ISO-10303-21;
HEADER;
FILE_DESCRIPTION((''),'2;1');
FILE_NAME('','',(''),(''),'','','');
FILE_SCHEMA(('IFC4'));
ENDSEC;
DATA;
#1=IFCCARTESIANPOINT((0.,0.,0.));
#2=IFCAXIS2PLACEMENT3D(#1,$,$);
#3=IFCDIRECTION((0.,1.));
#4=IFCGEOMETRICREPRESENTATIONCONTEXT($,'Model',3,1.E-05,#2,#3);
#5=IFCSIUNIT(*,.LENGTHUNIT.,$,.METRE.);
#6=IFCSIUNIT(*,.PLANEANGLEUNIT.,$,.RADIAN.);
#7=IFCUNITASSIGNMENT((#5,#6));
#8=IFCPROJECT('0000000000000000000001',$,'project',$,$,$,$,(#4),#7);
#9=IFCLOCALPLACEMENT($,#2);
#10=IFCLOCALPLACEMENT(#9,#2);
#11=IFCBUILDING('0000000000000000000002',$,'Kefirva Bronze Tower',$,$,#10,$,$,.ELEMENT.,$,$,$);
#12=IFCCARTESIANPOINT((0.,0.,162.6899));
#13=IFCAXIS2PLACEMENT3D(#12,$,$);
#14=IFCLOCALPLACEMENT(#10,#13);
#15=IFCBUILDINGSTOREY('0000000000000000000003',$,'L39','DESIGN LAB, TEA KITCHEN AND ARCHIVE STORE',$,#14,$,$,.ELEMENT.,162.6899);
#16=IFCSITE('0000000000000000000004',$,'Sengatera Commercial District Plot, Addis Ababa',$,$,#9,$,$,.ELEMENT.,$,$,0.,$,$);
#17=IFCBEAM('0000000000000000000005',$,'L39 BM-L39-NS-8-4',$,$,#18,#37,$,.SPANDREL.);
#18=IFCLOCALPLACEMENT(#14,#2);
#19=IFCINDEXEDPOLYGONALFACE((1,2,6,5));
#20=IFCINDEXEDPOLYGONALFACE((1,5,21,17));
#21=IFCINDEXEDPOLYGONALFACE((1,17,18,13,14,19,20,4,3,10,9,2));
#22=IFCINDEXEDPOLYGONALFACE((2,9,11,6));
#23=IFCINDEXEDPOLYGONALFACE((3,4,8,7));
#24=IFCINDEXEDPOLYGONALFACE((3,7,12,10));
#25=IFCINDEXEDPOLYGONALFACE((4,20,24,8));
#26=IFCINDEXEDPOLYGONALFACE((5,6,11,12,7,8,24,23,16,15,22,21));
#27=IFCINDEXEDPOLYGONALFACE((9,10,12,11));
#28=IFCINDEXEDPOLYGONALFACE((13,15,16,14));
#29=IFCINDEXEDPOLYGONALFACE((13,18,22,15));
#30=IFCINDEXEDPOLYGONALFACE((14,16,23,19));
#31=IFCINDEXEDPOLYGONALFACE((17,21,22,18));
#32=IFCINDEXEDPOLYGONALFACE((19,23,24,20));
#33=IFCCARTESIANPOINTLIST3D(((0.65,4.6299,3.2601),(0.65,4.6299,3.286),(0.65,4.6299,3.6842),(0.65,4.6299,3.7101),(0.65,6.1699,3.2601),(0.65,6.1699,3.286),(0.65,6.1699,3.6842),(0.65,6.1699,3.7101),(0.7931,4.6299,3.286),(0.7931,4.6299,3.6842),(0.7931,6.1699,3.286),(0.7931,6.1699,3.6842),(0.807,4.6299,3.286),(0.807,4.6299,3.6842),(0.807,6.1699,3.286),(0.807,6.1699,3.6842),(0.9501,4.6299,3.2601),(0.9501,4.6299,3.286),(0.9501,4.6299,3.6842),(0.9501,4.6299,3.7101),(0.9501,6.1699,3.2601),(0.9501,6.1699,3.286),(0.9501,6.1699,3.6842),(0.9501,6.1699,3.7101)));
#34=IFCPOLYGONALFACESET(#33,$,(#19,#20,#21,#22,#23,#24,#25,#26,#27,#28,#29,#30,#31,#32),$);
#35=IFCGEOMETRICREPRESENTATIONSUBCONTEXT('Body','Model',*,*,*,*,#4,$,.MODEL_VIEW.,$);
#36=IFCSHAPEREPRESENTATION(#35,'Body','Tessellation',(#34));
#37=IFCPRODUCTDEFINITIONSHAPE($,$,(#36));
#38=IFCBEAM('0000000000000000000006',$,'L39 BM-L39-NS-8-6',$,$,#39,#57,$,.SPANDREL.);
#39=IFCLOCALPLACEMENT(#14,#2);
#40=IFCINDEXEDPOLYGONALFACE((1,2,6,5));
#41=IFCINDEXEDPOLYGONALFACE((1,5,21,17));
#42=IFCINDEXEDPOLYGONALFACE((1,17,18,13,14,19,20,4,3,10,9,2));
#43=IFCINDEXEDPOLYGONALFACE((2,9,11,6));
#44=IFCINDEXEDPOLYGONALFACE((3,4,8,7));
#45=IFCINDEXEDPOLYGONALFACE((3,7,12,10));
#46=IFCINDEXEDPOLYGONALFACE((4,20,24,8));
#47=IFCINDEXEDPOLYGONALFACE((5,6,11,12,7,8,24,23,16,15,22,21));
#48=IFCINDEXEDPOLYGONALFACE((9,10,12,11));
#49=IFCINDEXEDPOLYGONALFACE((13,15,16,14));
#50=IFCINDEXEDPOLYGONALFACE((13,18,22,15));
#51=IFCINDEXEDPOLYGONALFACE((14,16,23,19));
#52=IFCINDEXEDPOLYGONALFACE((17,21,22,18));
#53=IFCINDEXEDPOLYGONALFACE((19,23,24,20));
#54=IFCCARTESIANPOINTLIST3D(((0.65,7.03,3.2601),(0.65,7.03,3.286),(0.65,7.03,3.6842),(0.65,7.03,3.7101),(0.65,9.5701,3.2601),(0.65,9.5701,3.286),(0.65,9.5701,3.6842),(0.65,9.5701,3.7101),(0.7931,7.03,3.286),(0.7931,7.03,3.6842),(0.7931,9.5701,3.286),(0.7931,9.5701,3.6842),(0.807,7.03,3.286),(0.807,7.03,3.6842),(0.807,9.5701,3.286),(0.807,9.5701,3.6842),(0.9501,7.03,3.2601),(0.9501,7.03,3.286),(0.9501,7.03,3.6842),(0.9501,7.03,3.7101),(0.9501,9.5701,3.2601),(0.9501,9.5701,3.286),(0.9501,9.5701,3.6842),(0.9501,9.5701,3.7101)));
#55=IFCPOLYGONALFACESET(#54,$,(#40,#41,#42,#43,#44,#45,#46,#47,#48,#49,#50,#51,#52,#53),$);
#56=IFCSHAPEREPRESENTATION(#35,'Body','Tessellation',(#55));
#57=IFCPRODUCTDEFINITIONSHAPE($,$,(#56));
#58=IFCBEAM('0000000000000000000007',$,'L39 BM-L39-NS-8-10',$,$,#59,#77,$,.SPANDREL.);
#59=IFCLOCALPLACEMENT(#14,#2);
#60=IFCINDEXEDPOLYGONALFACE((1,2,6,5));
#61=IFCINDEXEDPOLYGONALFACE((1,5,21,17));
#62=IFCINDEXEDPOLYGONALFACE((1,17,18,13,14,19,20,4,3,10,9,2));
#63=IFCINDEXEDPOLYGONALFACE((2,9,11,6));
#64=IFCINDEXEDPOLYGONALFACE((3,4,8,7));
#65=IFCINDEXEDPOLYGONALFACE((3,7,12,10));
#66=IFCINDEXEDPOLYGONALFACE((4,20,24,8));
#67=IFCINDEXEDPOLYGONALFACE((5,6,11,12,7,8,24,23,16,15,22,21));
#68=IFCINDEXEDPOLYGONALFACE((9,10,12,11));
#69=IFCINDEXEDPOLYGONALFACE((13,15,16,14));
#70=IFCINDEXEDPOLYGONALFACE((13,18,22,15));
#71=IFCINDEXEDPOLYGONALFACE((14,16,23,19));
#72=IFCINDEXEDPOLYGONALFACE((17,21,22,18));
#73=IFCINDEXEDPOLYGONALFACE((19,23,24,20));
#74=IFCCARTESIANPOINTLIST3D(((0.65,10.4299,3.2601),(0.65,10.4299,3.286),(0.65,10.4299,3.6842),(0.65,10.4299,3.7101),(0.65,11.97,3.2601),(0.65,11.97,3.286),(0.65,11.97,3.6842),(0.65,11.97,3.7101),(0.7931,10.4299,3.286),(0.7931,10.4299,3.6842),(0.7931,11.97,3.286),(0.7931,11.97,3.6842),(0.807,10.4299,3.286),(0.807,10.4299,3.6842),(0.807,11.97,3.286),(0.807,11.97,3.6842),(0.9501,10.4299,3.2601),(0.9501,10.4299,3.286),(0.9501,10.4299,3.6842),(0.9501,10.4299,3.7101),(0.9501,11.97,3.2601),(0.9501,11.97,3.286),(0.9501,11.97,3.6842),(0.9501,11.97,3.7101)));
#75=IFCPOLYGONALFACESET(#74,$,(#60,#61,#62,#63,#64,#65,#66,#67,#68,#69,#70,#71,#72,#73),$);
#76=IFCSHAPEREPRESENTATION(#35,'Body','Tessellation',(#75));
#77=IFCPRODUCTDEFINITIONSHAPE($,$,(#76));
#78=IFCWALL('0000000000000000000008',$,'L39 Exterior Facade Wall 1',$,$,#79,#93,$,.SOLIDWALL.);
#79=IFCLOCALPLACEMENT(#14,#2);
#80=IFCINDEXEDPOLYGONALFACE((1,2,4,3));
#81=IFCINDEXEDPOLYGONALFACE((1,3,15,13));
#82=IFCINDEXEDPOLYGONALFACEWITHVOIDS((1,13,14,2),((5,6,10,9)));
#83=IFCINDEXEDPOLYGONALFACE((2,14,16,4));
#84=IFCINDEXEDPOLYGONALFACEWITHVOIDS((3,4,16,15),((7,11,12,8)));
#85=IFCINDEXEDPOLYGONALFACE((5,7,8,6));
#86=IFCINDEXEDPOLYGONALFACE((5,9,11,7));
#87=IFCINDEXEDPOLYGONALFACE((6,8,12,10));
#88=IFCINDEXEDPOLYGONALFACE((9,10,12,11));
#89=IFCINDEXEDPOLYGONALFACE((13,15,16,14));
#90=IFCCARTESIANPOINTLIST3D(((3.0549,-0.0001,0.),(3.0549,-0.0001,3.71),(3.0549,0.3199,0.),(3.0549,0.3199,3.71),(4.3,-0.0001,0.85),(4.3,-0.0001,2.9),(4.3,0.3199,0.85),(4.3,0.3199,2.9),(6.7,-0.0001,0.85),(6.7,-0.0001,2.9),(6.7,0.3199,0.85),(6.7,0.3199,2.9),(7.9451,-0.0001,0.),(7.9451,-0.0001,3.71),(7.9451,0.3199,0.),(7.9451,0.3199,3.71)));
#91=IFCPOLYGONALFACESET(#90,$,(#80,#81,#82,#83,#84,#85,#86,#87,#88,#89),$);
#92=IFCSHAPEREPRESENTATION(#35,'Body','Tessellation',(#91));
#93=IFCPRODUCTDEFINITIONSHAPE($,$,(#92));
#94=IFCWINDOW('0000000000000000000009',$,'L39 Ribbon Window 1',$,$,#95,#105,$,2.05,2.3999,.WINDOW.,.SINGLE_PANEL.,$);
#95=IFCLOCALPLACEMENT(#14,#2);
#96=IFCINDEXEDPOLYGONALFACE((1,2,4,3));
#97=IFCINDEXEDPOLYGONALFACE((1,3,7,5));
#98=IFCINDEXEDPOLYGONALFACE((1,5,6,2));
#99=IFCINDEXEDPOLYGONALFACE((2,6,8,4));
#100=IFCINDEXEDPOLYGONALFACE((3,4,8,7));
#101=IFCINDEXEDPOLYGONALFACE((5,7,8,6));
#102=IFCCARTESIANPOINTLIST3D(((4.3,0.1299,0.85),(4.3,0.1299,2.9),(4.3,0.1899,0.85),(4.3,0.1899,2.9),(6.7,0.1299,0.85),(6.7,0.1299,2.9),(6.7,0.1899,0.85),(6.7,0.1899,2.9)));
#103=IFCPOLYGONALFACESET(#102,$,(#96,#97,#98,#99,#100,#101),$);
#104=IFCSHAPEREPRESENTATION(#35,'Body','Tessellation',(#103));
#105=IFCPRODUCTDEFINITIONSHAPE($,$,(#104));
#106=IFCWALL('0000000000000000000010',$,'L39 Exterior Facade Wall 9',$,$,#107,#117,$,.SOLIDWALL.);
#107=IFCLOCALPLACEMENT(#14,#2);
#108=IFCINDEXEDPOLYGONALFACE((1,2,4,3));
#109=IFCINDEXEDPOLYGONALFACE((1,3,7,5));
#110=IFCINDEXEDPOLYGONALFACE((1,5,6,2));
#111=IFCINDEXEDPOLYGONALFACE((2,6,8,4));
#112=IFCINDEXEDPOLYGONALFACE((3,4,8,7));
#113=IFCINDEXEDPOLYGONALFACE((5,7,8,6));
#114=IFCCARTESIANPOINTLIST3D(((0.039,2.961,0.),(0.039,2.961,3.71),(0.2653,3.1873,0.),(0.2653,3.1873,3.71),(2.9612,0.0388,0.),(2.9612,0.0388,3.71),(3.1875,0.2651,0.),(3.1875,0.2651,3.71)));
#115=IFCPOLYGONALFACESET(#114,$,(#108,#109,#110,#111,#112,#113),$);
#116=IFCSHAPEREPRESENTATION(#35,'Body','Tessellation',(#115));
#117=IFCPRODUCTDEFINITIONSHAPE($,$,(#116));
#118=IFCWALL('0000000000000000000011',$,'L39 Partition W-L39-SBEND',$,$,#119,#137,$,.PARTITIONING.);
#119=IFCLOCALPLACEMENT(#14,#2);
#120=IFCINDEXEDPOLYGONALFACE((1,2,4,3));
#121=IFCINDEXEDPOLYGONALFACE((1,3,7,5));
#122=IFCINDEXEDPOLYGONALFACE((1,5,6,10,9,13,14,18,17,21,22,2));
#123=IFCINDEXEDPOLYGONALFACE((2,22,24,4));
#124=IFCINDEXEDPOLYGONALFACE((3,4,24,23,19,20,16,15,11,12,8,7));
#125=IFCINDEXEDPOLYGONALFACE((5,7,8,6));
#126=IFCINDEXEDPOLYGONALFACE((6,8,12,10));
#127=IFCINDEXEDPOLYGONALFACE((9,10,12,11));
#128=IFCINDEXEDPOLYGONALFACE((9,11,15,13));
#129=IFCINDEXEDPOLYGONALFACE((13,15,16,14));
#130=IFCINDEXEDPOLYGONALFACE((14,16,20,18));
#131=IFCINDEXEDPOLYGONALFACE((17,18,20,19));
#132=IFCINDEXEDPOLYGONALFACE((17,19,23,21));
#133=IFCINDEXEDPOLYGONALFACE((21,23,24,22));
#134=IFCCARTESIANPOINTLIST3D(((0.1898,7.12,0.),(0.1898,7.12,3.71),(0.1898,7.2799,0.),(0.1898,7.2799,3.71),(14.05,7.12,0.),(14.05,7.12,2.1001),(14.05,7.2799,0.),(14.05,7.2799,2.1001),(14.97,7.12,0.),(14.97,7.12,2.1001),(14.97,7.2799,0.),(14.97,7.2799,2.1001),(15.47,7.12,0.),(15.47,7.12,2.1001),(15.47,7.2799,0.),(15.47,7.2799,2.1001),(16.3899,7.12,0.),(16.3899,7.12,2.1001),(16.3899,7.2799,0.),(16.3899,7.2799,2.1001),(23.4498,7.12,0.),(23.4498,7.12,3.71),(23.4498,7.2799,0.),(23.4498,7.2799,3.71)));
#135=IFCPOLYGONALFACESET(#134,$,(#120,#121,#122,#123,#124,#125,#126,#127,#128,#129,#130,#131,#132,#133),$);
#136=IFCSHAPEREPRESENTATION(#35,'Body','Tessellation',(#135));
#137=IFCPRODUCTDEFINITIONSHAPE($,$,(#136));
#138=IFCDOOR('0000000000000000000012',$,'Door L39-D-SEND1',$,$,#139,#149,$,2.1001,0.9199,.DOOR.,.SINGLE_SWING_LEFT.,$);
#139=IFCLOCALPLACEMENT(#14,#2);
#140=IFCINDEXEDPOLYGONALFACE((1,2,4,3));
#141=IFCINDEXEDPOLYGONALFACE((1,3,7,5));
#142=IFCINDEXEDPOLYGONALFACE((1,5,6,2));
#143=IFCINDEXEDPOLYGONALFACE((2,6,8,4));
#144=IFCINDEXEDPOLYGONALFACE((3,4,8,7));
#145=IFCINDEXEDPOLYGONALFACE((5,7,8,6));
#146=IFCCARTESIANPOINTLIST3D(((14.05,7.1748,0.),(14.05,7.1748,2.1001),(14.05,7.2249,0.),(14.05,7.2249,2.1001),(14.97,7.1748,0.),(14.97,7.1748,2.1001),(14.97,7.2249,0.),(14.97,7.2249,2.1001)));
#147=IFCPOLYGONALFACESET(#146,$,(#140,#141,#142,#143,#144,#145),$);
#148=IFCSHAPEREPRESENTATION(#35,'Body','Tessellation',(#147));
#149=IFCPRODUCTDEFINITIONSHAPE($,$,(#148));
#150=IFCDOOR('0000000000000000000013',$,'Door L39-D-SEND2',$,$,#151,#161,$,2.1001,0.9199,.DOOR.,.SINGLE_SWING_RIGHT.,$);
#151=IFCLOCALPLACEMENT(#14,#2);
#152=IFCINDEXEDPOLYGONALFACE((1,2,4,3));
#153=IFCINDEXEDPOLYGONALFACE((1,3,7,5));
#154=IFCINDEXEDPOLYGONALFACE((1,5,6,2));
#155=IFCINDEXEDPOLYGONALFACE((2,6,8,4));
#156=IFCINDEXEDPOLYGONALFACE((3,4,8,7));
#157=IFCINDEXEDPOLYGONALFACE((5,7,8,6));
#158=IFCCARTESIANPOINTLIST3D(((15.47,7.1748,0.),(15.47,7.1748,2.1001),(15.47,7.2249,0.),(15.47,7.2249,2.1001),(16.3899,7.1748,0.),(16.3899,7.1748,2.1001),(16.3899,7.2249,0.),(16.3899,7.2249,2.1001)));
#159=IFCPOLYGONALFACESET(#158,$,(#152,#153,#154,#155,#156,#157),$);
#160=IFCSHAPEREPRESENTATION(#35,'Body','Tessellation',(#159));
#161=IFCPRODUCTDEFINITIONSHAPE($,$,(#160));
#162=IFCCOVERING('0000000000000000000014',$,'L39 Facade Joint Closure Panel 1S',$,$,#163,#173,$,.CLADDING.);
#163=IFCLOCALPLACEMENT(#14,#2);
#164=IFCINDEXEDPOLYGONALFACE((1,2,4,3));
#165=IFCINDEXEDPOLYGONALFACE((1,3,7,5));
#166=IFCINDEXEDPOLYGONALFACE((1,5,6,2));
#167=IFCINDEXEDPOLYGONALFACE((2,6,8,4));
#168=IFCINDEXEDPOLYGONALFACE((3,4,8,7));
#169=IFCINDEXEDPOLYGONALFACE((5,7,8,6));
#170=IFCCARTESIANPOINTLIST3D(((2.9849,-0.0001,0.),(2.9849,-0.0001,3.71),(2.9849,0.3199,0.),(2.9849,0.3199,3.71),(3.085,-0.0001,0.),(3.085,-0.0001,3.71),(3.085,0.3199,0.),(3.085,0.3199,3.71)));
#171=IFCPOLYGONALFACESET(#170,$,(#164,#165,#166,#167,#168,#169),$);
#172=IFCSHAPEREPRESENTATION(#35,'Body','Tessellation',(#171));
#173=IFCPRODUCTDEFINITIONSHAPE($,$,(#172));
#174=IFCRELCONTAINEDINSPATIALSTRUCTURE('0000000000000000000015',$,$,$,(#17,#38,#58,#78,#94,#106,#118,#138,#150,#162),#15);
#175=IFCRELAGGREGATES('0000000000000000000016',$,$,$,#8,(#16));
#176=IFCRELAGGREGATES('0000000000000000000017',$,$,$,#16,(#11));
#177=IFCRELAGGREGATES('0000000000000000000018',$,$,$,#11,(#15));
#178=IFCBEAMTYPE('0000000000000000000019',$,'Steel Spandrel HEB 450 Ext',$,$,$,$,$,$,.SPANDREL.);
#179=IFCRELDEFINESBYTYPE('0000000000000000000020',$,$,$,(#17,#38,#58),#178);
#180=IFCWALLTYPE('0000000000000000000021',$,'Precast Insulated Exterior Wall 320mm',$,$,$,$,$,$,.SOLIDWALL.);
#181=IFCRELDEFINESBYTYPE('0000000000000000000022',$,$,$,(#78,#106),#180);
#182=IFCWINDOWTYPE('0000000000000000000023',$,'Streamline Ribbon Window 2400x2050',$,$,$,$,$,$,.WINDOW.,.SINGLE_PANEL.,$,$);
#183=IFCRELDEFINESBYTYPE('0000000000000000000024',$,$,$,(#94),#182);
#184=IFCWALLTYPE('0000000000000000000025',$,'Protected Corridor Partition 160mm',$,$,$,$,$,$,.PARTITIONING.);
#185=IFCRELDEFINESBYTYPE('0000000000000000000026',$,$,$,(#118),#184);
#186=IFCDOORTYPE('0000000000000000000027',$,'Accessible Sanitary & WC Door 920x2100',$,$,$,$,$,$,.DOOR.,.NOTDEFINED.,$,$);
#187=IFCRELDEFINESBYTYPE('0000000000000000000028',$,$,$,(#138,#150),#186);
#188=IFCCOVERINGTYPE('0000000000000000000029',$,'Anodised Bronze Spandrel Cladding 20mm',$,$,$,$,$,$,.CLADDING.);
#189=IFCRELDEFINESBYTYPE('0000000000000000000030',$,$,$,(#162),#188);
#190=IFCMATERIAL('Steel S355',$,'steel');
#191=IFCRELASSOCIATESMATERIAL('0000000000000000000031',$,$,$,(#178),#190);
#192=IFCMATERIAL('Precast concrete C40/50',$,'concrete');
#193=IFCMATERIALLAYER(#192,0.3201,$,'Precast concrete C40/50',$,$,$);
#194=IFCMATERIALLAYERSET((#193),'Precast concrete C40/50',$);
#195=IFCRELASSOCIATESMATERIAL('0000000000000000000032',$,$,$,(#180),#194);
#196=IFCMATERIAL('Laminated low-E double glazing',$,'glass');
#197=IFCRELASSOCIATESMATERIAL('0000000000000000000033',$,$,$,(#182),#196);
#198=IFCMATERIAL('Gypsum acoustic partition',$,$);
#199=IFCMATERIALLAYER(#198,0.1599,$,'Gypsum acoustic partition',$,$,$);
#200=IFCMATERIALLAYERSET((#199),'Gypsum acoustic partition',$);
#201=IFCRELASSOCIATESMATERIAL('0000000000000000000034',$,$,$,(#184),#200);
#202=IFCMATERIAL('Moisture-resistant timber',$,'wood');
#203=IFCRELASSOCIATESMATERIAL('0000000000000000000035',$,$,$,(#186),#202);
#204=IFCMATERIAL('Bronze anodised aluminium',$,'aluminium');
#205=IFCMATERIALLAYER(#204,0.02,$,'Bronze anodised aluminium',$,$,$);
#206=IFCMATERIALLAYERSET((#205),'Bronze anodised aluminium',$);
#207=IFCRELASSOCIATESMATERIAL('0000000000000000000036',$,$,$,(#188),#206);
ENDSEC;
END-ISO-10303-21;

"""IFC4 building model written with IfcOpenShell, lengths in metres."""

from ifc_helpers import new_model, si_unit, direction, frame, frame_2d, origin, origin_2d, place, context, subcontext, project, spatial, rectangle, i_section, extrude, material, layer, layer_set, material_profile, profile_set, type_object, element, fill, save


model = new_model("IFC4")

# Units and contexts
model_context = context("Model", 3, precision=1e-05, world=origin(), true_north=direction((0.0, 1.0)))
body_context = subcontext(model_context, "Body", "Model", "MODEL_VIEW")
ifc_project = project(units=[si_unit("LENGTHUNIT", "METRE"), si_unit("PLANEANGLEUNIT", "RADIAN")], contexts=[model_context])

# Site, building, storey
site_placement = place(None, origin())
site = spatial("IfcSite", under=ifc_project, at=site_placement, Name="Sengatera Commercial District Plot, Addis Ababa", CompositionType="ELEMENT", RefElevation=0.0)
building_placement = place(site_placement, origin())
building = spatial("IfcBuilding", under=site, at=building_placement, Name="Kefirva Bronze Tower", CompositionType="ELEMENT")
storey_placement = place(building_placement, frame((0.0, 0.0, 162.6899)))
storey = spatial("IfcBuildingStorey", under=building, at=storey_placement, Name="L39", Description="DESIGN LAB, TEA KITCHEN AND ARCHIVE STORE", CompositionType="ELEMENT", Elevation=162.6899)

# Shared definitions
ifc_material_1 = material(Name="Bronze anodised aluminium", Category="aluminium")

# Beams
ifc_material_2 = material(Name="Steel S355", Category="steel")
ifc_material_profile_1 = material_profile(ifc_material_2, i_section(OverallWidth=0.3, OverallDepth=0.45, WebThickness=0.0139, FlangeThickness=0.0259, at=origin_2d()), Name="HEB 450")
ifc_profile_set_1 = profile_set([ifc_material_profile_1], Name="Steel S355")
beam_type_1 = type_object("IfcBeamType", Name="Steel Spandrel HEB 450 Ext", PredefinedType="SPANDREL", material=ifc_profile_set_1)
beam_1_placement = place(storey_placement, frame((0.8, 4.6299, 3.4851), z_axis=(0.0, 1.0, 0.0), x_axis=(-1.0, 0.0, 0.0)))
element("IfcBeam", 1, at=beam_1_placement, inside=storey, type_object=beam_type_1, Name="L39 BM-L39-NS-8-4", PredefinedType="SPANDREL", context=body_context, shape_type="SweptSolid", body=[
    extrude(i_section(OverallWidth=0.3, OverallDepth=0.45, WebThickness=0.0139, FlangeThickness=0.0259, at=origin_2d()), origin(), (0.0, 0.0, 1.0), 1.54),
])
beam_2_placement = place(storey_placement, frame((0.8, 7.03, 3.4851), z_axis=(0.0, 1.0, 0.0), x_axis=(-1.0, 0.0, 0.0)))
element("IfcBeam", 2, at=beam_2_placement, inside=storey, type_object=beam_type_1, Name="L39 BM-L39-NS-8-6", PredefinedType="SPANDREL", context=body_context, shape_type="SweptSolid", body=[
    extrude(i_section(OverallWidth=0.3, OverallDepth=0.45, WebThickness=0.0139, FlangeThickness=0.0259, at=origin_2d()), origin(), (0.0, 0.0, 1.0), 2.54),
])
beam_3_placement = place(storey_placement, frame((0.8, 10.4299, 3.4851), z_axis=(0.0, 1.0, 0.0), x_axis=(-1.0, 0.0, 0.0)))
element("IfcBeam", 3, at=beam_3_placement, inside=storey, type_object=beam_type_1, Name="L39 BM-L39-NS-8-10", PredefinedType="SPANDREL", context=body_context, shape_type="SweptSolid", body=[
    extrude(i_section(OverallWidth=0.3, OverallDepth=0.45, WebThickness=0.0139, FlangeThickness=0.0259, at=origin_2d()), origin(), (0.0, 0.0, 1.0), 1.54),
])

# Wall, opening, window
ifc_material_3 = material(Name="Precast concrete C40/50", Category="concrete")
ifc_layer_1 = layer(ifc_material_3, 0.3201, Name="Precast concrete C40/50")
ifc_layer_set_1 = layer_set([ifc_layer_1], Name="Precast concrete C40/50")
wall_type_1 = type_object("IfcWallType", Name="Precast Insulated Exterior Wall 320mm", PredefinedType="SOLIDWALL", material=ifc_layer_set_1)
wall_1_placement = place(storey_placement, frame((3.0549, 0.1599, 0.0), z_axis=(0.0, 0.0, 1.0), x_axis=(1.0, 0.0, 0.0)))
wall_1 = element("IfcWall", 4, at=wall_1_placement, inside=storey, type_object=wall_type_1, Name="L39 Exterior Facade Wall 1", PredefinedType="SOLIDWALL", context=body_context, shape_type="SweptSolid", body=[
    extrude(rectangle(XDim=4.8901, YDim=0.3201, at=frame_2d((2.4451, 0.0))), origin(), (0.0, 0.0, 1.0), 3.71),
])
opening_1_placement = place(wall_1_placement, frame((1.2451, 0.0, 0.8501)))
opening_1 = element("IfcOpeningElement", 5, at=opening_1_placement, cuts=wall_1, PredefinedType="OPENING", context=body_context, shape_type="SweptSolid", body=[
    extrude(rectangle(XDim=2.3999, YDim=2.05, at=frame_2d((1.2, 1.0249))), frame((0.0, 0.1699, 0.0), z_axis=(0.0, -1.0, 0.0), x_axis=(1.0, 0.0, 0.0)), (0.0, 0.0, 1.0), 0.3401),
])
ifc_material_4 = material(Name="Laminated low-E double glazing", Category="glass")
window_type = type_object("IfcWindowType", Name="Streamline Ribbon Window 2400x2050", PartitioningType="SINGLE_PANEL", PredefinedType="WINDOW", material=ifc_material_4)
window_placement = place(opening_1_placement, origin())
window = element("IfcWindow", 6, at=window_placement, inside=storey, type_object=window_type, Name="L39 Ribbon Window 1", OverallHeight=2.05, OverallWidth=2.3999, PartitioningType="SINGLE_PANEL", PredefinedType="WINDOW", context=body_context, shape_type="SweptSolid", body=[
    extrude(rectangle(XDim=2.3999, YDim=2.05, at=frame_2d((1.2, 1.0249))), frame((0.0, 0.03, 0.0), z_axis=(0.0, -1.0, 0.0), x_axis=(1.0, 0.0, 0.0)), (0.0, 0.0, 1.0), 0.0601),
])
fill(opening_1, window)

# Wall
wall_2_placement = place(storey_placement, frame((0.1521, 3.0742, 0.0), z_axis=(0.0, 0.0, 1.0), x_axis=(0.707107, -0.707107, 0.0)))
element("IfcWall", 7, at=wall_2_placement, inside=storey, type_object=wall_type_1, Name="L39 Exterior Facade Wall 9", PredefinedType="SOLIDWALL", context=body_context, shape_type="SweptSolid", body=[
    extrude(rectangle(XDim=4.1326, YDim=0.3201, at=frame_2d((2.0664, 0.0))), origin(), (0.0, 0.0, 1.0), 3.71),
])

# Wall, openings, doors
ifc_material_5 = material(Name="Gypsum acoustic partition")
ifc_layer_2 = layer(ifc_material_5, 0.1599, Name="Gypsum acoustic partition")
ifc_layer_set_2 = layer_set([ifc_layer_2], Name="Gypsum acoustic partition")
wall_type_2 = type_object("IfcWallType", Name="Protected Corridor Partition 160mm", PredefinedType="PARTITIONING", material=ifc_layer_set_2)
wall_3_placement = place(storey_placement, frame((0.1899, 7.2, 0.0), z_axis=(0.0, 0.0, 1.0), x_axis=(1.0, 0.0, 0.0)))
wall_3 = element("IfcWall", 8, at=wall_3_placement, inside=storey, type_object=wall_type_2, Name="L39 Partition W-L39-SBEND", PredefinedType="PARTITIONING", context=body_context, shape_type="SweptSolid", body=[
    extrude(rectangle(XDim=23.26, YDim=0.1599, at=frame_2d((11.6299, 0.0))), origin(), (0.0, 0.0, 1.0), 3.71),
])
opening_2_placement = place(wall_3_placement, frame((13.8601, 0.0, 0.0)))
opening_2 = element("IfcOpeningElement", 9, at=opening_2_placement, cuts=wall_3, PredefinedType="OPENING", context=body_context, shape_type="SweptSolid", body=[
    extrude(rectangle(XDim=0.9199, YDim=2.1001, at=frame_2d((0.46, 1.05))), frame((0.0, 0.0898, 0.0), z_axis=(0.0, -1.0, 0.0), x_axis=(1.0, 0.0, 0.0)), (0.0, 0.0, 1.0), 0.1799),
])
opening_3_placement = place(wall_3_placement, frame((15.28, 0.0, 0.0)))
opening_3 = element("IfcOpeningElement", 10, at=opening_3_placement, cuts=wall_3, PredefinedType="OPENING", context=body_context, shape_type="SweptSolid", body=[
    extrude(rectangle(XDim=0.9199, YDim=2.1001, at=frame_2d((0.46, 1.05))), frame((0.0, 0.0898, 0.0), z_axis=(0.0, -1.0, 0.0), x_axis=(1.0, 0.0, 0.0)), (0.0, 0.0, 1.0), 0.1799),
])
ifc_material_6 = material(Name="Moisture-resistant timber", Category="wood")
door_type = type_object("IfcDoorType", Name="Accessible Sanitary & WC Door 920x2100", OperationType="NOTDEFINED", PredefinedType="DOOR", material=ifc_material_6)
door_1_placement = place(opening_2_placement, origin())
door_1 = element("IfcDoor", 11, at=door_1_placement, inside=storey, type_object=door_type, Name="Door L39-D-SEND1", OperationType="SINGLE_SWING_LEFT", OverallHeight=2.1001, OverallWidth=0.9199, PredefinedType="DOOR", context=body_context, shape_type="SweptSolid", body=[
    extrude(rectangle(XDim=0.9199, YDim=2.1001, at=frame_2d((0.46, 1.05))), frame((0.0, 0.0249, 0.0), z_axis=(0.0, -1.0, 0.0), x_axis=(1.0, 0.0, 0.0)), (0.0, 0.0, 1.0), 0.05),
])
fill(opening_2, door_1)
door_2_placement = place(opening_3_placement, origin())
door_2 = element("IfcDoor", 12, at=door_2_placement, inside=storey, type_object=door_type, Name="Door L39-D-SEND2", OperationType="SINGLE_SWING_RIGHT", OverallHeight=2.1001, OverallWidth=0.9199, PredefinedType="DOOR", context=body_context, shape_type="SweptSolid", body=[
    extrude(rectangle(XDim=0.9199, YDim=2.1001, at=frame_2d((0.46, 1.05))), frame((0.0, 0.0249, 0.0), z_axis=(0.0, -1.0, 0.0), x_axis=(1.0, 0.0, 0.0)), (0.0, 0.0, 1.0), 0.05),
])
fill(opening_3, door_2)

# Covering
ifc_layer_3 = layer(ifc_material_1, 0.02, Name="Bronze anodised aluminium")
ifc_layer_set_3 = layer_set([ifc_layer_3], Name="Bronze anodised aluminium")
covering_type_1 = type_object("IfcCoveringType", Name="Anodised Bronze Spandrel Cladding 20mm", PredefinedType="CLADDING", material=ifc_layer_set_3)
covering_1_placement = place(storey_placement, frame((3.0349, 0.1599, 0.0), z_axis=(0.0, 0.0, 1.0), x_axis=(1.0, 0.0, 0.0)))
element("IfcCovering", 13, at=covering_1_placement, inside=storey, type_object=covering_type_1, Name="L39 Facade Joint Closure Panel 1S", PredefinedType="CLADDING", context=body_context, shape_type="SweptSolid", body=[
    extrude(rectangle(XDim=0.1001, YDim=0.3201, at=origin_2d()), origin(), (0.0, 0.0, 1.0), 3.71),
])

save(model, "model.ifc")
